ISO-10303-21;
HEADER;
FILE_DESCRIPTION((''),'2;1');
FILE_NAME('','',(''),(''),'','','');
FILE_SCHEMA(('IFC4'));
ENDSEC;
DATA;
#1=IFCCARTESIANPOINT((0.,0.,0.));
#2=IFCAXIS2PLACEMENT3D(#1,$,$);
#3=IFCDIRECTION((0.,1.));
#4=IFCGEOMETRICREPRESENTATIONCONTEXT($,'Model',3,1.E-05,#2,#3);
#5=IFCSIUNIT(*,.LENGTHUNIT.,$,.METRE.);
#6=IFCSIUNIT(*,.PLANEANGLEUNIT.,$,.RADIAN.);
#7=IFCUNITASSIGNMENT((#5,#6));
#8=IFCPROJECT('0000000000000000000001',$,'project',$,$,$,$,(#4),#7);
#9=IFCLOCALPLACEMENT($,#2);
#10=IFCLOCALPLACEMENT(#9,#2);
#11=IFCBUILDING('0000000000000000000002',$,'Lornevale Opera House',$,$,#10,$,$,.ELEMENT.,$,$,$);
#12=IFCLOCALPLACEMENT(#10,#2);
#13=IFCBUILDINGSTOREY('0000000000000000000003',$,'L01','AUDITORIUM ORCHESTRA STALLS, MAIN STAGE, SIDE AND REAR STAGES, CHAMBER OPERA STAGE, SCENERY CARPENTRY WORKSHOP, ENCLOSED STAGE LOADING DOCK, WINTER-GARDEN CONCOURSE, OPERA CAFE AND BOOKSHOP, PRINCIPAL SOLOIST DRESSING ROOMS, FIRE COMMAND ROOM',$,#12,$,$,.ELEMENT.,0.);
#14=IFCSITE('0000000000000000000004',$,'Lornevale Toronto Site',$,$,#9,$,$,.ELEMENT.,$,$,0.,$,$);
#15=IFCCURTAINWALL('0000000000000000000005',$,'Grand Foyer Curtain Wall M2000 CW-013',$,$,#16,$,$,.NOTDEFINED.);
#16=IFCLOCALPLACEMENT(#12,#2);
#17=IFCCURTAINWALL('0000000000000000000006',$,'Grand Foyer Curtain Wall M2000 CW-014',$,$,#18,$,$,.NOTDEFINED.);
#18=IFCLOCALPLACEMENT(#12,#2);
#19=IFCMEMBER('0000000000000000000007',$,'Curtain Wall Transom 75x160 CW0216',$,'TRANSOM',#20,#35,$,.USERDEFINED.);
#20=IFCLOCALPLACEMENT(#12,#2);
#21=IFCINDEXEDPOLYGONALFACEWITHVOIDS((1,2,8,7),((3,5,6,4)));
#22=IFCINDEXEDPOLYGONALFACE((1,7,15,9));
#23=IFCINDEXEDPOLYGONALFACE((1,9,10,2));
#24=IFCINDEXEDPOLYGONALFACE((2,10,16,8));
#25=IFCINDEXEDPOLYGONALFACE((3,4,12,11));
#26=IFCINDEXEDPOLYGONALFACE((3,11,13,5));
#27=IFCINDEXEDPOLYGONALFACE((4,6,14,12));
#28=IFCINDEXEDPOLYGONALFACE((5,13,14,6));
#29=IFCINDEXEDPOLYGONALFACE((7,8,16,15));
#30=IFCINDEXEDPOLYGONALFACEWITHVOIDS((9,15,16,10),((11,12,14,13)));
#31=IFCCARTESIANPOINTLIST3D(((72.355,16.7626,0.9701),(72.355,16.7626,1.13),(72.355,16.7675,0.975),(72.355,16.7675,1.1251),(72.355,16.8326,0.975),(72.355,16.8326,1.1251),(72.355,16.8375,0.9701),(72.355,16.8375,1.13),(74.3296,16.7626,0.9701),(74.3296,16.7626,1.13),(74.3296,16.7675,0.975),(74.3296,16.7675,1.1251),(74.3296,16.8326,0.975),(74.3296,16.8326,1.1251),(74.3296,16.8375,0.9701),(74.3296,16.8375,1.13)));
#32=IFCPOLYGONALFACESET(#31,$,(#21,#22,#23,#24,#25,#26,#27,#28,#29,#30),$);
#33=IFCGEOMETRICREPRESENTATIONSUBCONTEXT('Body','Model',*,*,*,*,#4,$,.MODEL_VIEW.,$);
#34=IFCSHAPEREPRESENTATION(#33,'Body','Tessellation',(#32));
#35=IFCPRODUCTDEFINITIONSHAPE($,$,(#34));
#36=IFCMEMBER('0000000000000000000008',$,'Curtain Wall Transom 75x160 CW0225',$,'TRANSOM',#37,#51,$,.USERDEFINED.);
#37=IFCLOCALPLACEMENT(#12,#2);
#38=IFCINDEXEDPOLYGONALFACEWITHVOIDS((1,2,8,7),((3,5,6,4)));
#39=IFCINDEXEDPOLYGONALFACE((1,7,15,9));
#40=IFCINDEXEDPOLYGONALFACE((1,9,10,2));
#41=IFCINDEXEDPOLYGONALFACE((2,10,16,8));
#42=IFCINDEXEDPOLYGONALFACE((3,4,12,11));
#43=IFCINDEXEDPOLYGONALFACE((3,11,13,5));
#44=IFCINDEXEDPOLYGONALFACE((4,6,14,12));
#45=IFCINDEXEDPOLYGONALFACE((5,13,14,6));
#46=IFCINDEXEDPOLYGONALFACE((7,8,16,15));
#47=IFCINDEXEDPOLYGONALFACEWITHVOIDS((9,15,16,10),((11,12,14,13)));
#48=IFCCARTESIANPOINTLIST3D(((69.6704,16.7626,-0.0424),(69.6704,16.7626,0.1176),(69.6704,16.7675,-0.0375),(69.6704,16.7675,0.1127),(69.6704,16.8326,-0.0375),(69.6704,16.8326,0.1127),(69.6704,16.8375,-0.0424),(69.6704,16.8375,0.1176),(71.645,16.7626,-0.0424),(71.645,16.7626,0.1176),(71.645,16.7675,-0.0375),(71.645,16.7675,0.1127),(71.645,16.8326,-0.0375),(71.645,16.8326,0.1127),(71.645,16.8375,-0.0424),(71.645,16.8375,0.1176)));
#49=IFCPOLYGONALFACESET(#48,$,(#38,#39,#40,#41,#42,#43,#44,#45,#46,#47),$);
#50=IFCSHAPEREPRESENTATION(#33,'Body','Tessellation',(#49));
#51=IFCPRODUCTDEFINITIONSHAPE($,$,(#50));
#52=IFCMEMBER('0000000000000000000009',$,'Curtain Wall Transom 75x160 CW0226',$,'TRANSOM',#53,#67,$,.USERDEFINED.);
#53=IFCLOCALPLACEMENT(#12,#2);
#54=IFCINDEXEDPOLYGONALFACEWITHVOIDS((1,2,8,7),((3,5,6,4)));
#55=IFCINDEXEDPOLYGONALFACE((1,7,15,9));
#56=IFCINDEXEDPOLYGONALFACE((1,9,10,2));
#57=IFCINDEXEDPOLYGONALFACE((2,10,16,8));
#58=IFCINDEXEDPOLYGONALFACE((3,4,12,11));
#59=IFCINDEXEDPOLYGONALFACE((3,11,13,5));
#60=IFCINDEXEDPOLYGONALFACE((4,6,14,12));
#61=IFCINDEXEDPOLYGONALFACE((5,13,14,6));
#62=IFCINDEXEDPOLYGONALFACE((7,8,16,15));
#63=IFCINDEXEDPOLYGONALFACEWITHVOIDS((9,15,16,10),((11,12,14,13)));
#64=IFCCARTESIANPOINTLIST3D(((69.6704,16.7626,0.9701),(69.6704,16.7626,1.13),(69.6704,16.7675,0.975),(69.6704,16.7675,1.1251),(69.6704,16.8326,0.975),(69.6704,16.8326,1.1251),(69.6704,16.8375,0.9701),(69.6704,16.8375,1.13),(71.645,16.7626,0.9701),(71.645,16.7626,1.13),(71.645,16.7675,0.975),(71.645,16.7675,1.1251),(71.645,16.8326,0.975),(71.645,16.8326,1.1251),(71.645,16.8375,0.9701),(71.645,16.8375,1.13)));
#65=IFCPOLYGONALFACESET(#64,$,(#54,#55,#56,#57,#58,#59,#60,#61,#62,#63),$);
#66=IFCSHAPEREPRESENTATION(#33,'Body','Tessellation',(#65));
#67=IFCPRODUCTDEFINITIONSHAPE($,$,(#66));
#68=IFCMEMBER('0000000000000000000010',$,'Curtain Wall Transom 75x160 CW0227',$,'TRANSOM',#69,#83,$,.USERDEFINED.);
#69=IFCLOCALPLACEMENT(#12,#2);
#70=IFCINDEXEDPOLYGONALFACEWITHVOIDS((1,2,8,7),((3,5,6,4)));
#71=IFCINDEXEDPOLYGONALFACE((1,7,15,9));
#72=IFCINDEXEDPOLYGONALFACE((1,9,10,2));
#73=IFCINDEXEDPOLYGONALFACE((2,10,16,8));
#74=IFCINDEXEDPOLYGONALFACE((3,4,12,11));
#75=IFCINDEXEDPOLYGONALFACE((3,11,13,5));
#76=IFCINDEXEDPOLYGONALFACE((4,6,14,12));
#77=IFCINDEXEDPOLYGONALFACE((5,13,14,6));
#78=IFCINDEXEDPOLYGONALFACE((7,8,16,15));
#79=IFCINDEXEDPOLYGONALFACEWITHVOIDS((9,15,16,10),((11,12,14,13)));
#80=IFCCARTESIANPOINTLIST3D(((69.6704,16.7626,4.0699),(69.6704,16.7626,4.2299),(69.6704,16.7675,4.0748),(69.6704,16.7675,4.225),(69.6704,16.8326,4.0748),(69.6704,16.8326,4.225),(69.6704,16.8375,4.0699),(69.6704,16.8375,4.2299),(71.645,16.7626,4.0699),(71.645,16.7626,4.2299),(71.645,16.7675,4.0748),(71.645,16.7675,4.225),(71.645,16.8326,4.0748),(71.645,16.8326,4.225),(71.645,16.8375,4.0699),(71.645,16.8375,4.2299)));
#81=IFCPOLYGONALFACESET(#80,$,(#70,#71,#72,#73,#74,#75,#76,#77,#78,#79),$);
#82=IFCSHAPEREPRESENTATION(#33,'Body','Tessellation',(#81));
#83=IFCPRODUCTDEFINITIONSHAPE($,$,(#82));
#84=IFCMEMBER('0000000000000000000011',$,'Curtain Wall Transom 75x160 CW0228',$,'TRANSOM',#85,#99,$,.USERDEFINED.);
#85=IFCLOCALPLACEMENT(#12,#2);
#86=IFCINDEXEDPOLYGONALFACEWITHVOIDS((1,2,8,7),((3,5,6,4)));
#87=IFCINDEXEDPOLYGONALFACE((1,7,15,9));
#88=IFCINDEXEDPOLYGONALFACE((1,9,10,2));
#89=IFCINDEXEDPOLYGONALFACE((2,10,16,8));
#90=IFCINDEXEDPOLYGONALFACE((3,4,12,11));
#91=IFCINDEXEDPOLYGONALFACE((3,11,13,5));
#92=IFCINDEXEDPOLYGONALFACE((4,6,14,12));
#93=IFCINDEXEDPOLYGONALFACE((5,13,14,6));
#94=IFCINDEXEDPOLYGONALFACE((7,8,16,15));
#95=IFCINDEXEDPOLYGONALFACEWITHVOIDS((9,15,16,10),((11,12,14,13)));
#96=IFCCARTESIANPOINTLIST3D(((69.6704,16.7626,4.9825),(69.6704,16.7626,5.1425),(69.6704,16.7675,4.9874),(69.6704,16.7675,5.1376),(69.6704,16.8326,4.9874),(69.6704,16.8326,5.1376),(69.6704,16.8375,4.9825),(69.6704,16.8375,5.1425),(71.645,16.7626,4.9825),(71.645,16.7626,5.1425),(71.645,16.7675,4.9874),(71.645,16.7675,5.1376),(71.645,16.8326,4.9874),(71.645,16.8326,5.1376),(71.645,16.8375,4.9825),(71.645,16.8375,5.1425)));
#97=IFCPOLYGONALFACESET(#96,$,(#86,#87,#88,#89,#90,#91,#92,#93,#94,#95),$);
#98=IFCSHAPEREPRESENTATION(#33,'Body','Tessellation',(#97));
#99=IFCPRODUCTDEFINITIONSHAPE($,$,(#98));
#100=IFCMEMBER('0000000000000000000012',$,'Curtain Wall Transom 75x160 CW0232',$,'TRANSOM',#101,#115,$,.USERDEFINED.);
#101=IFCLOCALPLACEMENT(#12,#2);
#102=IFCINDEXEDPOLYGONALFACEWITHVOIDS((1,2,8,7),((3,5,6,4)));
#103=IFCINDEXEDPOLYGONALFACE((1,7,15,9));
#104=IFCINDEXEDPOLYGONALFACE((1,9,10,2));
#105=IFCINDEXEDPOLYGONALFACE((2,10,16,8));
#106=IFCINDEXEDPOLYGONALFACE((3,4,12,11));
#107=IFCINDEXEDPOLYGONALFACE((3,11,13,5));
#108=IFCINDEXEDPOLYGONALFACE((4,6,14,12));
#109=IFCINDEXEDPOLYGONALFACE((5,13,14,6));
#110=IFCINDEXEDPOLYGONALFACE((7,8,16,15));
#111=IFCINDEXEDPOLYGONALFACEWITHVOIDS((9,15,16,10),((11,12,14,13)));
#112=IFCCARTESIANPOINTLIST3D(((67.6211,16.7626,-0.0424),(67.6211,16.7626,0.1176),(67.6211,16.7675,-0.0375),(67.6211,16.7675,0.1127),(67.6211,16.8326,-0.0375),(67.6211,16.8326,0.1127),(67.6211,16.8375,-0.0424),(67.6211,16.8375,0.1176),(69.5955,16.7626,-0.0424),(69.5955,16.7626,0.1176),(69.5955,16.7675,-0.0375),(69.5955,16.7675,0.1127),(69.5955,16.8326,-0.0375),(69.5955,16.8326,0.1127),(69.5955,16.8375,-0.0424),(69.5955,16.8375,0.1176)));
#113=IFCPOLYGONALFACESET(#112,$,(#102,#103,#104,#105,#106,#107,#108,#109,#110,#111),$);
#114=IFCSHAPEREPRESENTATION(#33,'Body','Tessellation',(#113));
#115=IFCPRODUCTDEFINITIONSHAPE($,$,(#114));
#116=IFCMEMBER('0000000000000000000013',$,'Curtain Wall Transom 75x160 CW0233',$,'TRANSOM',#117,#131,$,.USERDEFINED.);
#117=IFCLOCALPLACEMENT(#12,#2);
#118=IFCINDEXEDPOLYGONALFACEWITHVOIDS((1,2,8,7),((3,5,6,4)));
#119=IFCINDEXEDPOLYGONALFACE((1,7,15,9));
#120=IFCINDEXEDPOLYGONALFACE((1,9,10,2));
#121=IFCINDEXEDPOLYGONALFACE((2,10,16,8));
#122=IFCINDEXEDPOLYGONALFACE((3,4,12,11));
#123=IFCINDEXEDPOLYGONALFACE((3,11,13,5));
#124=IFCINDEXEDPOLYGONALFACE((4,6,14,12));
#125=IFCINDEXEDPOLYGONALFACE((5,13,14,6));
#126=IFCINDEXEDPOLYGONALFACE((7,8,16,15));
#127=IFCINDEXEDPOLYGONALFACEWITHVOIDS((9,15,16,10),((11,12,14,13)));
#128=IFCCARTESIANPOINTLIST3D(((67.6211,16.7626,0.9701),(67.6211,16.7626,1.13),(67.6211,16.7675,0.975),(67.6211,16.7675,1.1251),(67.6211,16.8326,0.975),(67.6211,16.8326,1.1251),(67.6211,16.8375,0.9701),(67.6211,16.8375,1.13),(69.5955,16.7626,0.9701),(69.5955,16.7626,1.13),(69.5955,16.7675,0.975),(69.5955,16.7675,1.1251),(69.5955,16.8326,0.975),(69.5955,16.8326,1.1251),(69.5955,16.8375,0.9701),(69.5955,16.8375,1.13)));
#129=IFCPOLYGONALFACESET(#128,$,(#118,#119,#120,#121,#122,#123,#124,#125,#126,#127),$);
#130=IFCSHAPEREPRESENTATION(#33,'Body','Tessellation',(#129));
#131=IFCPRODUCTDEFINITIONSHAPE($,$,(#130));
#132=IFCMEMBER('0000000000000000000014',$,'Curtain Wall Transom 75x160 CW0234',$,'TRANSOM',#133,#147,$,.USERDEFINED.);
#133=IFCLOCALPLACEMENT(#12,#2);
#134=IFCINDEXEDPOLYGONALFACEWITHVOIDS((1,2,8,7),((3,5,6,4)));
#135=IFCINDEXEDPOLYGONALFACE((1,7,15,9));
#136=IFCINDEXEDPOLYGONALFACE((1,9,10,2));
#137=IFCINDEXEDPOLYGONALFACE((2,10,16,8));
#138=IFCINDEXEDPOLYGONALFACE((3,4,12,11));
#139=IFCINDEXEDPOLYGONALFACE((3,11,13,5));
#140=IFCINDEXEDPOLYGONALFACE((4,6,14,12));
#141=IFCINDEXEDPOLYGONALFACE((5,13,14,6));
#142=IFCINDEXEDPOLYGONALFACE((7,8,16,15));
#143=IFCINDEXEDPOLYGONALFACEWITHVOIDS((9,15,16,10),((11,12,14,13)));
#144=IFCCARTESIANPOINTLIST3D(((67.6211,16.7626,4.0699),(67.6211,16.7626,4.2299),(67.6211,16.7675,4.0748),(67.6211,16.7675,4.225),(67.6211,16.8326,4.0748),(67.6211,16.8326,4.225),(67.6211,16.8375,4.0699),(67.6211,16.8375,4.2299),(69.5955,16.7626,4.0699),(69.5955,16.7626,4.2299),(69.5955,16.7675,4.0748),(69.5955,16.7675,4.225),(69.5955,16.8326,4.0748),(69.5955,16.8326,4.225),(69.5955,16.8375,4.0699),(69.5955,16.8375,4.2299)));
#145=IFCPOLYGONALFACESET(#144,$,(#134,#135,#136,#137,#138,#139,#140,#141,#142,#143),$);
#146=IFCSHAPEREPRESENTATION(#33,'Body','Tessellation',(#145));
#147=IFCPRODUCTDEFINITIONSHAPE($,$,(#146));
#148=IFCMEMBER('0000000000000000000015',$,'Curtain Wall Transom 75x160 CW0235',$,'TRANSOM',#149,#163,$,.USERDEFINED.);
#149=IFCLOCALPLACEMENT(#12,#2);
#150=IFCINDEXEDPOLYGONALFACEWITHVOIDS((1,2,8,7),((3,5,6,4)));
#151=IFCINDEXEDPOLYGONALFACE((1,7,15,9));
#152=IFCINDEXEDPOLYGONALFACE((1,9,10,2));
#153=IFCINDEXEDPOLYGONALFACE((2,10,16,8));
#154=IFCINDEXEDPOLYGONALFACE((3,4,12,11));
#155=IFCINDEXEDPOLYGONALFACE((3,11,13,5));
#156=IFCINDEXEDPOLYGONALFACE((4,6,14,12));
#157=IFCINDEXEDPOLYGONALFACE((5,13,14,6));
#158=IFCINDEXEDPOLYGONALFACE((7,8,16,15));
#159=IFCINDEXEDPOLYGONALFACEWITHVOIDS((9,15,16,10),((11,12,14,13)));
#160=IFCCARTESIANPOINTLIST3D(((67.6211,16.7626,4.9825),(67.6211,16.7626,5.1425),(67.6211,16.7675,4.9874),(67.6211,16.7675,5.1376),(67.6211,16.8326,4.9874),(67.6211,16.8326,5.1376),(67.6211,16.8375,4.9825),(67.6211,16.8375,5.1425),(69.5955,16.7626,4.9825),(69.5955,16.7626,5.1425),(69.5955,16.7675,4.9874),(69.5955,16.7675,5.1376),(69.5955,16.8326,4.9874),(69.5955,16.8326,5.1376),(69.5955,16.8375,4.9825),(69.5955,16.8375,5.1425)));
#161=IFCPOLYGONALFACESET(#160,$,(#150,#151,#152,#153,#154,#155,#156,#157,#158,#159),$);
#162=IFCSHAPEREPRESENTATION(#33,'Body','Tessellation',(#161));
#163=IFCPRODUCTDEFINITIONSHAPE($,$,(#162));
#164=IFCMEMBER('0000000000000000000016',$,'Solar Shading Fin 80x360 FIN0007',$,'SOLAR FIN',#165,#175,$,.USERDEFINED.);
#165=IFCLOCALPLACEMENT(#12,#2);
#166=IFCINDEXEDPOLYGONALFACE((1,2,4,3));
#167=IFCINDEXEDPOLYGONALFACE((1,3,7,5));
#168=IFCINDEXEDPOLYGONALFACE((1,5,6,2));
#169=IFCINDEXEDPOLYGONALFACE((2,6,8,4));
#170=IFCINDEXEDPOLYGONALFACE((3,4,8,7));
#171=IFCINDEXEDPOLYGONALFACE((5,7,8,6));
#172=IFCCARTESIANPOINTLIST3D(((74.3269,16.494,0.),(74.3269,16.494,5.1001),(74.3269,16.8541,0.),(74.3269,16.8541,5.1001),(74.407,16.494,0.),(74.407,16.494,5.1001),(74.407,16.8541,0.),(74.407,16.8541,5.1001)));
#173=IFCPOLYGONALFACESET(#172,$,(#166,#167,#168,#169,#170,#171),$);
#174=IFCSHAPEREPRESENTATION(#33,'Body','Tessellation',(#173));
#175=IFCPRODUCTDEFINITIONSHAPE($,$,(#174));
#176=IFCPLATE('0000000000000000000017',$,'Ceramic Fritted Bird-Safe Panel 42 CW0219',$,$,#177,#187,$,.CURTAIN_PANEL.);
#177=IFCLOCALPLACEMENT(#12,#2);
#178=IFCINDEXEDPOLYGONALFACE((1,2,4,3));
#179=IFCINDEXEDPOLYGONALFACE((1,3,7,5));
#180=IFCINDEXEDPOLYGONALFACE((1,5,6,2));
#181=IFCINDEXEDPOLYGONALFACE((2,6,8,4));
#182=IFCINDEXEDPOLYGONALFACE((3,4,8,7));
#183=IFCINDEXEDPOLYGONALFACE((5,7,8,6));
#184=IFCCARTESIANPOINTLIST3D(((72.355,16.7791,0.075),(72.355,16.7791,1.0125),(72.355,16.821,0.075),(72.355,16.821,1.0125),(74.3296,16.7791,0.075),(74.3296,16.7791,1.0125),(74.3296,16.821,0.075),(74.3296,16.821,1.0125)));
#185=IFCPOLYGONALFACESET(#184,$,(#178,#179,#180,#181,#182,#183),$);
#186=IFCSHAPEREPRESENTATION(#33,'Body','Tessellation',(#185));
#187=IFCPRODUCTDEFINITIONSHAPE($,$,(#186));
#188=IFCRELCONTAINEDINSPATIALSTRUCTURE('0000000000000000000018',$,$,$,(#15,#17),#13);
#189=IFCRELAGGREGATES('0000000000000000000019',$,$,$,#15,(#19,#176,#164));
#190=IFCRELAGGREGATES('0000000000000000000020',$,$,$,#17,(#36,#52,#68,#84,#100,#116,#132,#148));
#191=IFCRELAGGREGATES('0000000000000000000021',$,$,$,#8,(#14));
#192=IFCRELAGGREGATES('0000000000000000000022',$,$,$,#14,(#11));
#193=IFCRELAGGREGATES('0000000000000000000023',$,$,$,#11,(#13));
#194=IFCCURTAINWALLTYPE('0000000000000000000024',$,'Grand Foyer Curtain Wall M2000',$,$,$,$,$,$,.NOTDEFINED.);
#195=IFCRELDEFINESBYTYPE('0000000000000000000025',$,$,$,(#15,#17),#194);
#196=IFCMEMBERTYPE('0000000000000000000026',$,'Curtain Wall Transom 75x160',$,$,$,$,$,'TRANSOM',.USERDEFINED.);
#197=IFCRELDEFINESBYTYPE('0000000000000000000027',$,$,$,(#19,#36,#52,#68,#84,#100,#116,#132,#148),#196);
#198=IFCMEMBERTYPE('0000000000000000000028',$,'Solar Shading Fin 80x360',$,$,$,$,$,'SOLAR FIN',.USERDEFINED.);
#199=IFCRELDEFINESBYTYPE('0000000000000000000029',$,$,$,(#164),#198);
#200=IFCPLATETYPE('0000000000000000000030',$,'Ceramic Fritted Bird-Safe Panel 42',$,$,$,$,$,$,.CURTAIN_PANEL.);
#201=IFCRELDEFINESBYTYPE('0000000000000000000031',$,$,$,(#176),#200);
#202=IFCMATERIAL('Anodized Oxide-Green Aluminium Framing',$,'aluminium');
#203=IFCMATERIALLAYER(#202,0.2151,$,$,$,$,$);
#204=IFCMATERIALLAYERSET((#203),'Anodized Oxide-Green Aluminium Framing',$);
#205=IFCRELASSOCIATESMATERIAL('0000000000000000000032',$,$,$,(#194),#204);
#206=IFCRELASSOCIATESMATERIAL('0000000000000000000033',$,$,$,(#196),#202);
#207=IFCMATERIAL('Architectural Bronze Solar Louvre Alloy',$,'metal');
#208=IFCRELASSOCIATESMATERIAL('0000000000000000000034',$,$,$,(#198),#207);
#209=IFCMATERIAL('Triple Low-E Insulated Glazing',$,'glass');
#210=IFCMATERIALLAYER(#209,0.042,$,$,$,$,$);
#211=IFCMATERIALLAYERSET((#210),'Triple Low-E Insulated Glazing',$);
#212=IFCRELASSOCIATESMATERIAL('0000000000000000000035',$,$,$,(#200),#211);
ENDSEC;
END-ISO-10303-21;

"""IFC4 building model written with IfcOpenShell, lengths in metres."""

from ifc_helpers import new_model, si_unit, direction, frame, origin, origin_2d, place, context, subcontext, project, spatial, rectangle, hollow_rectangle, extrude, material, layer, layer_set, material_profile, profile_set, type_object, element, aggregate, save


model = new_model("IFC4")

# Units and contexts
model_context = context("Model", 3, precision=1e-05, world=origin(), true_north=direction((0.0, 1.0)))
body_context = subcontext(model_context, "Body", "Model", "MODEL_VIEW")
ifc_project = project(units=[si_unit("LENGTHUNIT", "METRE"), si_unit("PLANEANGLEUNIT", "RADIAN")], contexts=[model_context])

# Site, building, storey
site_placement = place(None, origin())
site = spatial("IfcSite", under=ifc_project, at=site_placement, Name="Lornevale Toronto Site", CompositionType="ELEMENT", RefElevation=0.0)
building_placement = place(site_placement, origin())
building = spatial("IfcBuilding", under=site, at=building_placement, Name="Lornevale Opera House", CompositionType="ELEMENT")
storey_placement = place(building_placement, origin())
storey = spatial("IfcBuildingStorey", under=building, at=storey_placement, Name="L01", Description="AUDITORIUM ORCHESTRA STALLS, MAIN STAGE, SIDE AND REAR STAGES, CHAMBER OPERA STAGE, SCENERY CARPENTRY WORKSHOP, ENCLOSED STAGE LOADING DOCK, WINTER-GARDEN CONCOURSE, OPERA CAFE AND BOOKSHOP, PRINCIPAL SOLOIST DRESSING ROOMS, FIRE COMMAND ROOM", CompositionType="ELEMENT", Elevation=0.0)

# Curtain wall
ifc_material_1 = material(Name="Anodized Oxide-Green Aluminium Framing", Category="aluminium")
ifc_layer_1 = layer(ifc_material_1, 0.2151)
ifc_layer_set_1 = layer_set([ifc_layer_1], Name="Anodized Oxide-Green Aluminium Framing")
curtain_wall_type = type_object("IfcCurtainWallType", Name="Grand Foyer Curtain Wall M2000", PredefinedType="NOTDEFINED", material=ifc_layer_set_1)
curtain_wall_1_placement = place(storey_placement, origin())
curtain_wall_1 = element("IfcCurtainWall", 1, at=curtain_wall_1_placement, inside=storey, type_object=curtain_wall_type, Name="Grand Foyer Curtain Wall M2000 CW-013", PredefinedType="NOTDEFINED")

# Curtain wall
curtain_wall_2_placement = place(storey_placement, origin())
curtain_wall_2 = element("IfcCurtainWall", 2, at=curtain_wall_2_placement, inside=storey, type_object=curtain_wall_type, Name="Grand Foyer Curtain Wall M2000 CW-014", PredefinedType="NOTDEFINED")

# Members
ifc_material_profile_1 = material_profile(ifc_material_1, hollow_rectangle(XDim=0.075, YDim=0.1599, WallThickness=0.0049, at=origin_2d()), Name="ALU75x160x5")
ifc_profile_set_1 = profile_set([ifc_material_profile_1], Name="Anodized Oxide-Green Aluminium Framing")
member_type_1 = type_object("IfcMemberType", Name="Curtain Wall Transom 75x160", ElementType="TRANSOM", PredefinedType="USERDEFINED", material=ifc_profile_set_1)
member_1_placement = place(storey_placement, frame((74.3296, 16.8, 1.05), z_axis=(-1.0, 0.0, 0.0), x_axis=(0.0, -1.0, 0.0)))
member_1 = element("IfcMember", 3, at=member_1_placement, type_object=member_type_1, Name="Curtain Wall Transom 75x160 CW0216", ObjectType="TRANSOM", PredefinedType="USERDEFINED", context=body_context, shape_type="SweptSolid", body=[
    extrude(hollow_rectangle(XDim=0.075, YDim=0.1599, WallThickness=0.0049, at=origin_2d()), origin(), (0.0, 0.0, 1.0), 1.9746),
])
member_2_placement = place(storey_placement, frame((71.645, 16.8, 0.0376), z_axis=(-1.0, 0.0, 0.0), x_axis=(0.0, -1.0, 0.0)))
member_2 = element("IfcMember", 4, at=member_2_placement, type_object=member_type_1, Name="Curtain Wall Transom 75x160 CW0225", ObjectType="TRANSOM", PredefinedType="USERDEFINED", context=body_context, shape_type="SweptSolid", body=[
    extrude(hollow_rectangle(XDim=0.075, YDim=0.1599, WallThickness=0.0049, at=origin_2d()), origin(), (0.0, 0.0, 1.0), 1.9746),
])
member_3_placement = place(storey_placement, frame((71.645, 16.8, 1.05), z_axis=(-1.0, 0.0, 0.0), x_axis=(0.0, -1.0, 0.0)))
member_3 = element("IfcMember", 5, at=member_3_placement, type_object=member_type_1, Name="Curtain Wall Transom 75x160 CW0226", ObjectType="TRANSOM", PredefinedType="USERDEFINED", context=body_context, shape_type="SweptSolid", body=[
    extrude(hollow_rectangle(XDim=0.075, YDim=0.1599, WallThickness=0.0049, at=origin_2d()), origin(), (0.0, 0.0, 1.0), 1.9746),
])
member_4_placement = place(storey_placement, frame((71.645, 16.8, 4.1499), z_axis=(-1.0, 0.0, 0.0), x_axis=(0.0, -1.0, 0.0)))
member_4 = element("IfcMember", 6, at=member_4_placement, type_object=member_type_1, Name="Curtain Wall Transom 75x160 CW0227", ObjectType="TRANSOM", PredefinedType="USERDEFINED", context=body_context, shape_type="SweptSolid", body=[
    extrude(hollow_rectangle(XDim=0.075, YDim=0.1599, WallThickness=0.0049, at=origin_2d()), origin(), (0.0, 0.0, 1.0), 1.9746),
])
member_5_placement = place(storey_placement, frame((71.645, 16.8, 5.0625), z_axis=(-1.0, 0.0, 0.0), x_axis=(0.0, -1.0, 0.0)))
member_5 = element("IfcMember", 7, at=member_5_placement, type_object=member_type_1, Name="Curtain Wall Transom 75x160 CW0228", ObjectType="TRANSOM", PredefinedType="USERDEFINED", context=body_context, shape_type="SweptSolid", body=[
    extrude(hollow_rectangle(XDim=0.075, YDim=0.1599, WallThickness=0.0049, at=origin_2d()), origin(), (0.0, 0.0, 1.0), 1.9746),
])
member_6_placement = place(storey_placement, frame((69.5955, 16.8, 0.0376), z_axis=(-1.0, 0.0, 0.0), x_axis=(0.0, -1.0, 0.0)))
member_6 = element("IfcMember", 8, at=member_6_placement, type_object=member_type_1, Name="Curtain Wall Transom 75x160 CW0232", ObjectType="TRANSOM", PredefinedType="USERDEFINED", context=body_context, shape_type="SweptSolid", body=[
    extrude(hollow_rectangle(XDim=0.075, YDim=0.1599, WallThickness=0.0049, at=origin_2d()), origin(), (0.0, 0.0, 1.0), 1.9744),
])
member_7_placement = place(storey_placement, frame((69.5955, 16.8, 1.05), z_axis=(-1.0, 0.0, 0.0), x_axis=(0.0, -1.0, 0.0)))
member_7 = element("IfcMember", 9, at=member_7_placement, type_object=member_type_1, Name="Curtain Wall Transom 75x160 CW0233", ObjectType="TRANSOM", PredefinedType="USERDEFINED", context=body_context, shape_type="SweptSolid", body=[
    extrude(hollow_rectangle(XDim=0.075, YDim=0.1599, WallThickness=0.0049, at=origin_2d()), origin(), (0.0, 0.0, 1.0), 1.9744),
])
member_8_placement = place(storey_placement, frame((69.5955, 16.8, 4.1499), z_axis=(-1.0, 0.0, 0.0), x_axis=(0.0, -1.0, 0.0)))
member_8 = element("IfcMember", 10, at=member_8_placement, type_object=member_type_1, Name="Curtain Wall Transom 75x160 CW0234", ObjectType="TRANSOM", PredefinedType="USERDEFINED", context=body_context, shape_type="SweptSolid", body=[
    extrude(hollow_rectangle(XDim=0.075, YDim=0.1599, WallThickness=0.0049, at=origin_2d()), origin(), (0.0, 0.0, 1.0), 1.9744),
])
member_9_placement = place(storey_placement, frame((69.5955, 16.8, 5.0625), z_axis=(-1.0, 0.0, 0.0), x_axis=(0.0, -1.0, 0.0)))
member_9 = element("IfcMember", 11, at=member_9_placement, type_object=member_type_1, Name="Curtain Wall Transom 75x160 CW0235", ObjectType="TRANSOM", PredefinedType="USERDEFINED", context=body_context, shape_type="SweptSolid", body=[
    extrude(hollow_rectangle(XDim=0.075, YDim=0.1599, WallThickness=0.0049, at=origin_2d()), origin(), (0.0, 0.0, 1.0), 1.9744),
])
ifc_material_2 = material(Name="Architectural Bronze Solar Louvre Alloy", Category="metal")
ifc_material_profile_2 = material_profile(ifc_material_2, rectangle(XDim=0.0801, YDim=0.3601, at=origin_2d()), Name="FIN80x360")
ifc_profile_set_2 = profile_set([ifc_material_profile_2], Name="Architectural Bronze Solar Louvre Alloy")
member_type_2 = type_object("IfcMemberType", Name="Solar Shading Fin 80x360", ElementType="SOLAR FIN", PredefinedType="USERDEFINED", material=ifc_profile_set_2)
member_10_placement = place(storey_placement, frame((74.3669, 16.6741, 0.0), z_axis=(0.0, 0.0, 1.0), x_axis=(-1.0, 0.0, 0.0)))
member_10 = element("IfcMember", 12, at=member_10_placement, type_object=member_type_2, Name="Solar Shading Fin 80x360 FIN0007", ObjectType="SOLAR FIN", PredefinedType="USERDEFINED", context=body_context, shape_type="SweptSolid", body=[
    extrude(rectangle(XDim=0.0801, YDim=0.3601, at=origin_2d()), origin(), (0.0, 0.0, 1.0), 5.1001),
])

# Plate
ifc_material_3 = material(Name="Triple Low-E Insulated Glazing", Category="glass")
ifc_layer_2 = layer(ifc_material_3, 0.042)
ifc_layer_set_2 = layer_set([ifc_layer_2], Name="Triple Low-E Insulated Glazing")
plate_type = type_object("IfcPlateType", Name="Ceramic Fritted Bird-Safe Panel 42", PredefinedType="CURTAIN_PANEL", material=ifc_layer_set_2)
plate_1_placement = place(storey_placement, frame((73.3423, 16.8, 0.075), z_axis=(0.0, 0.0, 1.0), x_axis=(-1.0, 0.0, 0.0)))
plate_1 = element("IfcPlate", 13, at=plate_1_placement, type_object=plate_type, Name="Ceramic Fritted Bird-Safe Panel 42 CW0219", PredefinedType="CURTAIN_PANEL", context=body_context, shape_type="SweptSolid", body=[
    extrude(rectangle(XDim=1.9746, YDim=0.042, at=origin_2d()), origin(), (0.0, 0.0, 1.0), 0.9375),
])
aggregate(curtain_wall_1, [member_1, plate_1, member_10])
aggregate(curtain_wall_2, [member_2, member_3, member_4, member_5, member_6, member_7, member_8, member_9])

save(model, "model.ifc")
